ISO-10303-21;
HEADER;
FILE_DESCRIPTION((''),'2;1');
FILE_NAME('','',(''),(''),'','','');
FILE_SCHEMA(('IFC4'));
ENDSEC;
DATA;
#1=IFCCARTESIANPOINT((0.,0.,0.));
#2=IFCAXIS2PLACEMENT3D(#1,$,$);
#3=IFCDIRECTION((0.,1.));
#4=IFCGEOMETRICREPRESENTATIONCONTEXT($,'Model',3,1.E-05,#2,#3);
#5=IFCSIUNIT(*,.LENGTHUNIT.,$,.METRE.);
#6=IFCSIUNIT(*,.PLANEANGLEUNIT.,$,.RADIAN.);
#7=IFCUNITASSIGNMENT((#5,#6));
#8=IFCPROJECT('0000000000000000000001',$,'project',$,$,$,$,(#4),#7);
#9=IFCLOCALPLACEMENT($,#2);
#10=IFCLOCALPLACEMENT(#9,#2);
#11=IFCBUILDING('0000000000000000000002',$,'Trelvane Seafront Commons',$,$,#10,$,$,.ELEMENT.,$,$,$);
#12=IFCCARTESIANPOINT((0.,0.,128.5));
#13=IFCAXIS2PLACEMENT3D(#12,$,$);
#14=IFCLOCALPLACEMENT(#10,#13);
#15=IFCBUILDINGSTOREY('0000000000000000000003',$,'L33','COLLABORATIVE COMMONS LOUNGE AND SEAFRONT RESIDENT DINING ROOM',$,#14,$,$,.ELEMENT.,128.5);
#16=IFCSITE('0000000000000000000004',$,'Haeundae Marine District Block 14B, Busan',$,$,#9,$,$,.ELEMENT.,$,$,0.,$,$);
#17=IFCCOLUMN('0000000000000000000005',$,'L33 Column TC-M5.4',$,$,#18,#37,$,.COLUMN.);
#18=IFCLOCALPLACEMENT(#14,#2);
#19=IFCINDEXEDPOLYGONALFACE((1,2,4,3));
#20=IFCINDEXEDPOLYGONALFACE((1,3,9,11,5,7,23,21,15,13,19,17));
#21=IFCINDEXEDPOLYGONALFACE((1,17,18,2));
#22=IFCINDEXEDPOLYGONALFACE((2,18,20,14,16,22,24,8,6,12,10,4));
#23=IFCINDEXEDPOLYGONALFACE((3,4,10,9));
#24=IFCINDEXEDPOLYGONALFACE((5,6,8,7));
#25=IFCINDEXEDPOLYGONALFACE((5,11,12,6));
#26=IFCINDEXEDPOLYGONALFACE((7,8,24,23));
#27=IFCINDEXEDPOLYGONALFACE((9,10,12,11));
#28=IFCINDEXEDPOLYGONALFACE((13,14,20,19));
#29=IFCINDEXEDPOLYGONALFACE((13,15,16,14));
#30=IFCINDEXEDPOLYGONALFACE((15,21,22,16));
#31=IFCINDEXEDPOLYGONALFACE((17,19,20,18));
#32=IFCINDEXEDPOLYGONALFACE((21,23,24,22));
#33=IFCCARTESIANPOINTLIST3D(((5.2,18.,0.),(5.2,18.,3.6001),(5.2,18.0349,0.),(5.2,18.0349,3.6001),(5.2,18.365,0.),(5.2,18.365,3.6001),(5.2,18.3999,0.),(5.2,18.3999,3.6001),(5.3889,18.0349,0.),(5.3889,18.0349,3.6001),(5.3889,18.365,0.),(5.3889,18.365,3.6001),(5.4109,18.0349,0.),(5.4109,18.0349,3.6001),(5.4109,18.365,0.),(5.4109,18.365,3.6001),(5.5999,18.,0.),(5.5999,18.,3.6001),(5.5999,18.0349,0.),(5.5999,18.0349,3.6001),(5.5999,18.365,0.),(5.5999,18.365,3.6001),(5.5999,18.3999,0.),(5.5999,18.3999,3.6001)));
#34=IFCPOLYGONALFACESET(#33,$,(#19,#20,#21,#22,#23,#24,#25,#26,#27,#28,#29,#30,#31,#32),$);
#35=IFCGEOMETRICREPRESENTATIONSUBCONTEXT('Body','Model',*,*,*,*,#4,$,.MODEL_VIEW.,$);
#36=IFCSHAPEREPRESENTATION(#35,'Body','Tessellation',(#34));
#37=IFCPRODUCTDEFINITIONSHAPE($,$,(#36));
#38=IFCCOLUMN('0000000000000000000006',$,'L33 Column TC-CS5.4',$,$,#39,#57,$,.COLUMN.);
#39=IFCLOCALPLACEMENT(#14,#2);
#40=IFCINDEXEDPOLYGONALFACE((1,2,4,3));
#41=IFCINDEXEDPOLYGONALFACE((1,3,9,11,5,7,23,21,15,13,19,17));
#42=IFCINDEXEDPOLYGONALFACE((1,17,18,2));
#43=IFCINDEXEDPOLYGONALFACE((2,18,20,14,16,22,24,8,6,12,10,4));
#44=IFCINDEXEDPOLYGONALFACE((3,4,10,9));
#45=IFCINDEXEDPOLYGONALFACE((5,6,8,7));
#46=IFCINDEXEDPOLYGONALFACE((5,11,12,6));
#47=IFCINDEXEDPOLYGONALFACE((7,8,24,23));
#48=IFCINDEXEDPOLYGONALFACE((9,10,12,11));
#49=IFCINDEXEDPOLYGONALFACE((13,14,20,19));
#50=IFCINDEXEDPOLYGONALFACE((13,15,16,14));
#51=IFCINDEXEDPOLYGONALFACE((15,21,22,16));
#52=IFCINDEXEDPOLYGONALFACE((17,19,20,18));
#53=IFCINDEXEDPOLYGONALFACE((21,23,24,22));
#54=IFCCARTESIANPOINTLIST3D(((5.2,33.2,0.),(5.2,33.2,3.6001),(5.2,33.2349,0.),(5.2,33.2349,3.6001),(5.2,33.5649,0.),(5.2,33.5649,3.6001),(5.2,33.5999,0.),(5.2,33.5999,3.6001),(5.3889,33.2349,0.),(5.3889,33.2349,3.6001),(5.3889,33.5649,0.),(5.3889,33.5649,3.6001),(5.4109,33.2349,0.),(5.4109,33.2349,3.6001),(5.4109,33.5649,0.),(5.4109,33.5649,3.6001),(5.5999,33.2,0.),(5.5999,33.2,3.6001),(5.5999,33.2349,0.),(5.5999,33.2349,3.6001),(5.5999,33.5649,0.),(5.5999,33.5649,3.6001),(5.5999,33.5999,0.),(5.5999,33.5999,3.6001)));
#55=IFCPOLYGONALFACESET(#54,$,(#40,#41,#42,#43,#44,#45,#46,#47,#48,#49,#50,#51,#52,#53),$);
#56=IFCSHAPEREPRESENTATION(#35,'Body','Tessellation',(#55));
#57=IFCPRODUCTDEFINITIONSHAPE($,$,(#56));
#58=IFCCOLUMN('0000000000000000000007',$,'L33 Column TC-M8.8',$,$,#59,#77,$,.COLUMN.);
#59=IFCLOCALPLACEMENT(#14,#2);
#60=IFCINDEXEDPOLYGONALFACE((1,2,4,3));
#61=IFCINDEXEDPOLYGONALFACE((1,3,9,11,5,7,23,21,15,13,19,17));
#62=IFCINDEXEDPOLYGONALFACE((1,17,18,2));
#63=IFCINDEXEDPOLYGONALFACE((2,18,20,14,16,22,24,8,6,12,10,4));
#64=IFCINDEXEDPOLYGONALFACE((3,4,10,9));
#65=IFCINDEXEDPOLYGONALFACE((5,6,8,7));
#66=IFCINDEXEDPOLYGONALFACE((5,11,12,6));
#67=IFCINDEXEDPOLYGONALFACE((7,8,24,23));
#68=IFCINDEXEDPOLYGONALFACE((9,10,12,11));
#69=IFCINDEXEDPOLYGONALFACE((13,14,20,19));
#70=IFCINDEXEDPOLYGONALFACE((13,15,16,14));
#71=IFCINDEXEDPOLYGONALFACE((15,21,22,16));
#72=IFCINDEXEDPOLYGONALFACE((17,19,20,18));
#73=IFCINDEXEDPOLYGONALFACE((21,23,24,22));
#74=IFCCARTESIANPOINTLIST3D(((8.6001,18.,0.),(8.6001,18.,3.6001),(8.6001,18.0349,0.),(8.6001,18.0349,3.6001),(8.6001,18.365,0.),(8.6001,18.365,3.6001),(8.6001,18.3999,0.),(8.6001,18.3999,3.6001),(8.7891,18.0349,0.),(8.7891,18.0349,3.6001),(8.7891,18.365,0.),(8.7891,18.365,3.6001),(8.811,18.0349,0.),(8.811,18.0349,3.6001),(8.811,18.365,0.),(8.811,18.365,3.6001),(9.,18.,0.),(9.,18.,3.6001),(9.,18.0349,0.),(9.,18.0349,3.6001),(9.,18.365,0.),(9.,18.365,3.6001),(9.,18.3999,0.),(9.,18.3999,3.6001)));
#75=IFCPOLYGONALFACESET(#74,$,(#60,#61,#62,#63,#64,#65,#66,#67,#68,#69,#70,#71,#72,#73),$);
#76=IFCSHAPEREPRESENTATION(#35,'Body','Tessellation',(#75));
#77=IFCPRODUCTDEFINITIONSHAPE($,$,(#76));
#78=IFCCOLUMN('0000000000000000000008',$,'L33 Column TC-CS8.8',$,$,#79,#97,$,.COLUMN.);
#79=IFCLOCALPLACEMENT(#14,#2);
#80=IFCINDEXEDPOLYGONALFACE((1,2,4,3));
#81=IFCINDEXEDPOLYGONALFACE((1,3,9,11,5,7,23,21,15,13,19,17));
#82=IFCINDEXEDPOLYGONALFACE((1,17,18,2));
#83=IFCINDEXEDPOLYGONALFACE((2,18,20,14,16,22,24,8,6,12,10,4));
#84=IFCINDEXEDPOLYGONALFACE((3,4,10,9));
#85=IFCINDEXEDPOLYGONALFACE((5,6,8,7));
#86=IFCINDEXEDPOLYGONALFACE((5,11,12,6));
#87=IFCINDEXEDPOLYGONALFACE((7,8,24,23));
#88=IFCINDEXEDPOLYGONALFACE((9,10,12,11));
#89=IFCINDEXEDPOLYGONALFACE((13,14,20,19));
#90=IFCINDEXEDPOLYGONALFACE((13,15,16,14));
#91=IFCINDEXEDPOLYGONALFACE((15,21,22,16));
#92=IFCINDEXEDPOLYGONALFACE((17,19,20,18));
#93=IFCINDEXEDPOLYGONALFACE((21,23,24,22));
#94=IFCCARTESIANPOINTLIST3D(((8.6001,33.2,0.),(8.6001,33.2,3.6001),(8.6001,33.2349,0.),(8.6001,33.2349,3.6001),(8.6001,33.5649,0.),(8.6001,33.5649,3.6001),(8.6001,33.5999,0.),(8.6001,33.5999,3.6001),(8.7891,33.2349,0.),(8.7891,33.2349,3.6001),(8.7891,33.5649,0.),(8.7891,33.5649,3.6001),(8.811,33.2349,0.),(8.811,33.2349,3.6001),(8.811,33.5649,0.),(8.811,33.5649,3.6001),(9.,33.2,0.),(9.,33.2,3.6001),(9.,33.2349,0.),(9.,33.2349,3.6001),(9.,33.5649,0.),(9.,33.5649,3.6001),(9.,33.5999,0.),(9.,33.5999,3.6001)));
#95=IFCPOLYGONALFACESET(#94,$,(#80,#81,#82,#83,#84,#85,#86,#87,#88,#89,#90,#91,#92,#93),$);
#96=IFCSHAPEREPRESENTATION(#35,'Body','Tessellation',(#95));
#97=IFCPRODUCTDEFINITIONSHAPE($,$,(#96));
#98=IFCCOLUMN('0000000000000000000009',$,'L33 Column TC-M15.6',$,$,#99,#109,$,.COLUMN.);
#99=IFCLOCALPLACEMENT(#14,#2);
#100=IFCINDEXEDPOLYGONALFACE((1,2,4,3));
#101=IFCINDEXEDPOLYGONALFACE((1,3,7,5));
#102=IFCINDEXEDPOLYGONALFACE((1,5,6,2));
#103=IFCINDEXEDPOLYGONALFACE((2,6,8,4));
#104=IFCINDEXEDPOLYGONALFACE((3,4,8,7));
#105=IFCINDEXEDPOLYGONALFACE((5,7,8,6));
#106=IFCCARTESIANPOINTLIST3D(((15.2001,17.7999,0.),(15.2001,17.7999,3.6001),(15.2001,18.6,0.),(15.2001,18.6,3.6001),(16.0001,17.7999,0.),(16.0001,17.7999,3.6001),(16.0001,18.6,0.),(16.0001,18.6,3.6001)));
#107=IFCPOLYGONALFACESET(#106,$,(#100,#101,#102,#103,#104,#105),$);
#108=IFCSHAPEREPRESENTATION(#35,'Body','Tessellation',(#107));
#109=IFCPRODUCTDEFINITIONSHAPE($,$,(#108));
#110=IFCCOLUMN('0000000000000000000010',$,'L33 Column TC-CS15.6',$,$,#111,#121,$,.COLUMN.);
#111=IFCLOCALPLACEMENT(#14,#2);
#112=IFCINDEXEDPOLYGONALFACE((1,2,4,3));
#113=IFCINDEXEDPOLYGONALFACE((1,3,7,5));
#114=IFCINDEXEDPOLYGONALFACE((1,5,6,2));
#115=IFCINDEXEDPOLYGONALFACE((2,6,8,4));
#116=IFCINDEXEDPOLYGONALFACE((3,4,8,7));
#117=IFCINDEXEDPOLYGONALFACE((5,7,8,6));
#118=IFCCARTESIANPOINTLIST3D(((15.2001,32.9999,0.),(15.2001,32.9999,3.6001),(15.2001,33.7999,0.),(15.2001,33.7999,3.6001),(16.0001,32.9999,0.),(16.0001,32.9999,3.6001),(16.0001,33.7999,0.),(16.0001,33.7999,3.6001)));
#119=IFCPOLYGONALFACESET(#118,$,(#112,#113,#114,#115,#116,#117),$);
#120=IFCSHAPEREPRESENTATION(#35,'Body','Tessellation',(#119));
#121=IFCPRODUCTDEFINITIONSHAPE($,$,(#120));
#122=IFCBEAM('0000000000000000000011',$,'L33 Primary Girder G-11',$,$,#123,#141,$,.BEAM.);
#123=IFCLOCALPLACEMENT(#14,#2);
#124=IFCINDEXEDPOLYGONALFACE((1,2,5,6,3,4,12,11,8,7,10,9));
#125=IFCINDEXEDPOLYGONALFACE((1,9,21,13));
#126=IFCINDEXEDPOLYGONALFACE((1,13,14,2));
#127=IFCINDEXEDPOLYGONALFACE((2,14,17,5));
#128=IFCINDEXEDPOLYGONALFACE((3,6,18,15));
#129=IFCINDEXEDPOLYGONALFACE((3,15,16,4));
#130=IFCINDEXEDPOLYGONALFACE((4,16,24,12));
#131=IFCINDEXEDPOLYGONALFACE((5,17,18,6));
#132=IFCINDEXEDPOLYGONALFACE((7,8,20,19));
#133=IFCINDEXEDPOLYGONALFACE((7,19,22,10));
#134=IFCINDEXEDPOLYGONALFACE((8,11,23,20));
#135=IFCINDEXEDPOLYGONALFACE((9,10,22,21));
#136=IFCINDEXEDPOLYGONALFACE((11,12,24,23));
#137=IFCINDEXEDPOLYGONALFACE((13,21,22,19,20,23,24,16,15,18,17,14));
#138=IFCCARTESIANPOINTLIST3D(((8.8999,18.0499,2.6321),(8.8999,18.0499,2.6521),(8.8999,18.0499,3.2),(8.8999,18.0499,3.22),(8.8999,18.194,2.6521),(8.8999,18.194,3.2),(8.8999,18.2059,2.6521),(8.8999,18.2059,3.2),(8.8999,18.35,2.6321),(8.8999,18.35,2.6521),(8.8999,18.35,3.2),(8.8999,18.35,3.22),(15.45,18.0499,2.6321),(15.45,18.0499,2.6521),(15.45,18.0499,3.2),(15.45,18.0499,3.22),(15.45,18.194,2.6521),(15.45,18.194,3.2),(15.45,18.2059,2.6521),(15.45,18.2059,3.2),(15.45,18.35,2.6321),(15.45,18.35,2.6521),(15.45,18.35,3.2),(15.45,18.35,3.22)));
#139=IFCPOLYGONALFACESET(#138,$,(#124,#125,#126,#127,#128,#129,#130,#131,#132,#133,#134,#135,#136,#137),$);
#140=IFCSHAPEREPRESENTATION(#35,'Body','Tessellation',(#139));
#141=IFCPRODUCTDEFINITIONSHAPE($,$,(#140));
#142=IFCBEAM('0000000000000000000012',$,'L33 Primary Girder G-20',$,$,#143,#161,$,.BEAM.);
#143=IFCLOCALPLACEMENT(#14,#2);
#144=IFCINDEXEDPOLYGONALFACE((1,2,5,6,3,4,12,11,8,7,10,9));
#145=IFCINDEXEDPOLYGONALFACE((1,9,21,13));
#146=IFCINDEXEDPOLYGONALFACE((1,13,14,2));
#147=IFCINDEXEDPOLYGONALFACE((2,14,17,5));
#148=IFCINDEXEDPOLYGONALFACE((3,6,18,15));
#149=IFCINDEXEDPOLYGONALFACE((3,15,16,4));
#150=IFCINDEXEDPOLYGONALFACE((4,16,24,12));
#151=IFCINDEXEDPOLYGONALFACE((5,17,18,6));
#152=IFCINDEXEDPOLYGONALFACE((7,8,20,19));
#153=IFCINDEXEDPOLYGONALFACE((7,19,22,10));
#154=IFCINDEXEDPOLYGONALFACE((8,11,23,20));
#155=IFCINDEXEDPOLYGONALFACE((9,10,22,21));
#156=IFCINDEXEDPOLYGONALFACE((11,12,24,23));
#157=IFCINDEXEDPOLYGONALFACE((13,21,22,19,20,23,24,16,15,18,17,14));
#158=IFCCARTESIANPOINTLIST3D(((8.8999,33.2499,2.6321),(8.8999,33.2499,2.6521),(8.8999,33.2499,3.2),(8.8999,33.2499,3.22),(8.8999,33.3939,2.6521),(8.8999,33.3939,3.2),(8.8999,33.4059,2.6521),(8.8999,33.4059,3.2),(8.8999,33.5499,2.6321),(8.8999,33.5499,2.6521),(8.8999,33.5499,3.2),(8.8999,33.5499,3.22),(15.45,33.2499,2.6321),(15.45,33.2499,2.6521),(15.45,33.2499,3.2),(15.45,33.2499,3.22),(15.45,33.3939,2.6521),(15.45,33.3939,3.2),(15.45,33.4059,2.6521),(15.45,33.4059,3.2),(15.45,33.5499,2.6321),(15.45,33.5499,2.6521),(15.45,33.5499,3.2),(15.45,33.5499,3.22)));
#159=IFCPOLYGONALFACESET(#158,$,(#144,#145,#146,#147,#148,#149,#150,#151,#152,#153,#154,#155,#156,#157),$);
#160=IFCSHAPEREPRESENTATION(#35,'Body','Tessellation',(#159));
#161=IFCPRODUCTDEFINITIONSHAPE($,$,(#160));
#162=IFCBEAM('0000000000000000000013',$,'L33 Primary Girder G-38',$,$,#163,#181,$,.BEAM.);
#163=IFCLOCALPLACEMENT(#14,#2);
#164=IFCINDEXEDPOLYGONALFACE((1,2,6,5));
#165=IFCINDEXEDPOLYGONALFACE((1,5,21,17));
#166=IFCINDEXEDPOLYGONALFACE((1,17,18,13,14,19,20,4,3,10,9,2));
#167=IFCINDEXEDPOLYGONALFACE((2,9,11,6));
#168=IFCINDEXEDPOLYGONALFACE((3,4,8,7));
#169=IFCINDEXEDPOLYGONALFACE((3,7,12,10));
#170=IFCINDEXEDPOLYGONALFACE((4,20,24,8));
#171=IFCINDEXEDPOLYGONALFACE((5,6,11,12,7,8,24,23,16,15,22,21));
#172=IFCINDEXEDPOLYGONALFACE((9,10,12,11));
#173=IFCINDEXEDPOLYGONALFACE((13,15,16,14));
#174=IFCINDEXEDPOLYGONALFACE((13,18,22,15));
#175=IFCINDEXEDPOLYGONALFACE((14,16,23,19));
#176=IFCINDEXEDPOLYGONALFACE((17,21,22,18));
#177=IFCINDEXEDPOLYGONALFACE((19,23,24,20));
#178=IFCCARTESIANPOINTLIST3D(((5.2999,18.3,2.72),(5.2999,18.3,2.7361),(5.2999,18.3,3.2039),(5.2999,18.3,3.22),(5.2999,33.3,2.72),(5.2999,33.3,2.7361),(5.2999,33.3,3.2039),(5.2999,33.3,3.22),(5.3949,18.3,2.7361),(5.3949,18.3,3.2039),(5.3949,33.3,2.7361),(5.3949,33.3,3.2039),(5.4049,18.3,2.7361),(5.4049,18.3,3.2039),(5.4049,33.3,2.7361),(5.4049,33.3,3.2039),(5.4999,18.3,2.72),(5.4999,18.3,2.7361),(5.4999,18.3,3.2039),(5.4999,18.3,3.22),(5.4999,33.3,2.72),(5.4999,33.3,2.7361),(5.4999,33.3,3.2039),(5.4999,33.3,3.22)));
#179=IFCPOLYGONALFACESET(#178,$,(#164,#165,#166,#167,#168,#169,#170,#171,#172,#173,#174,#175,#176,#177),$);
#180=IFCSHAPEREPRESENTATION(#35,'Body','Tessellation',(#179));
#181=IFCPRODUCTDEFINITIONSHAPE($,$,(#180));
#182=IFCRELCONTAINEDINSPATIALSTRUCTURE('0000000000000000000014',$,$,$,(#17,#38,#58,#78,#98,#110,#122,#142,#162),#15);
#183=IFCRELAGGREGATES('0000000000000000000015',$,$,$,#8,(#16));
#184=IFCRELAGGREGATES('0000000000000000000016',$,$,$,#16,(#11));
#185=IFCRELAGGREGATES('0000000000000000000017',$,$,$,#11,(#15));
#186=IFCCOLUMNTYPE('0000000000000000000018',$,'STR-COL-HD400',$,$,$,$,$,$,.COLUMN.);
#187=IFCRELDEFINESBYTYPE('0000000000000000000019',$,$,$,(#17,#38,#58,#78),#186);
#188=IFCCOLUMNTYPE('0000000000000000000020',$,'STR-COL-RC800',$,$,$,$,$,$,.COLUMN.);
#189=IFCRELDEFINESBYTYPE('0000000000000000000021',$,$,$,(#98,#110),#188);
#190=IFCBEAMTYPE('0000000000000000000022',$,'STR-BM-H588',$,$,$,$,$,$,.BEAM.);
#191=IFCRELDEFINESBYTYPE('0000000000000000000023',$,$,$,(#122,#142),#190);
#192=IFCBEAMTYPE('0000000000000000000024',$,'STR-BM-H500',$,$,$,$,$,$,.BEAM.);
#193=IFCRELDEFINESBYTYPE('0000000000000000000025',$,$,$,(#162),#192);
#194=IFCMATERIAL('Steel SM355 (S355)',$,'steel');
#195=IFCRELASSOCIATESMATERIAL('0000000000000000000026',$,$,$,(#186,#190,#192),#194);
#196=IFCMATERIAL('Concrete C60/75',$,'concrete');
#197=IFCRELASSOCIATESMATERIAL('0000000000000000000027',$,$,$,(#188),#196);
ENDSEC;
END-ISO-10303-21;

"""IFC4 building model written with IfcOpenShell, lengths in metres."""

from ifc_helpers import new_model, si_unit, direction, frame, origin, origin_2d, place, context, subcontext, project, spatial, rectangle, i_section, extrude, source, transform, mapped, material, material_profile, profile_set, type_object, element, save


model = new_model("IFC4")

# Units and contexts
model_context = context("Model", 3, precision=1e-05, world=origin(), true_north=direction((0.0, 1.0)))
body_context = subcontext(model_context, "Body", "Model", "MODEL_VIEW")
ifc_project = project(units=[si_unit("LENGTHUNIT", "METRE"), si_unit("PLANEANGLEUNIT", "RADIAN")], contexts=[model_context])

# Site, building, storey
site_placement = place(None, origin())
site = spatial("IfcSite", under=ifc_project, at=site_placement, Name="Haeundae Marine District Block 14B, Busan", CompositionType="ELEMENT", RefElevation=0.0)
building_placement = place(site_placement, origin())
building = spatial("IfcBuilding", under=site, at=building_placement, Name="Trelvane Seafront Commons", CompositionType="ELEMENT")
storey_placement = place(building_placement, frame((0.0, 0.0, 128.5)))
storey = spatial("IfcBuildingStorey", under=building, at=storey_placement, Name="L33", Description="COLLABORATIVE COMMONS LOUNGE AND SEAFRONT RESIDENT DINING ROOM", CompositionType="ELEMENT", Elevation=128.5)

# Columns
ifc_material_1 = material(Name="Steel SM355 (S355)", Category="steel")
ifc_material_profile_1 = material_profile(ifc_material_1, i_section(OverallWidth=0.3999, OverallDepth=0.3999, WebThickness=0.022, FlangeThickness=0.0349, at=origin_2d()), Name="HD-400x400x22x35")
ifc_profile_set_1 = profile_set([ifc_material_profile_1], Name="Steel SM355 (S355)")
column_type_1 = type_object("IfcColumnType", Name="STR-COL-HD400", PredefinedType="COLUMN", material=ifc_profile_set_1)
shared_shape_1 = source(origin(), body_context, "Body", "SweptSolid", [
    extrude(i_section(OverallWidth=0.3999, OverallDepth=0.3999, WebThickness=0.022, FlangeThickness=0.0349, at=origin_2d()), origin(), (0.0, 0.0, 1.0), 3.6001),
])
for number, where, z_axis, x_axis, name in (
    (1, (5.3999, 18.2, 0.0), (0.0, 0.0, 1.0), (1.0, 0.0, 0.0), "L33 Column TC-M5.4"),
    (2, (5.3999, 33.3999, 0.0), (0.0, 0.0, 1.0), (1.0, 0.0, 0.0), "L33 Column TC-CS5.4"),
    (3, (8.8, 18.2, 0.0), (0.0, 0.0, 1.0), (1.0, 0.0, 0.0), "L33 Column TC-M8.8"),
    (4, (8.8, 33.3999, 0.0), (0.0, 0.0, 1.0), (1.0, 0.0, 0.0), "L33 Column TC-CS8.8"),
):
    element("IfcColumn", number, at=place(storey_placement, frame(where, z_axis=z_axis, x_axis=x_axis)), inside=storey, type_object=column_type_1, Name=name, PredefinedType="COLUMN", context=body_context, shape_type="MappedRepresentation", body=[
        mapped(shared_shape_1, transform((0.0, 0.0, 0.0), x_axis=(1.0, 0.0, 0.0), y_axis=(0.0, 1.0, 0.0), z_axis=(0.0, 0.0, 1.0), scale=1.0)),
    ])
ifc_material_2 = material(Name="Concrete C60/75", Category="concrete")
ifc_material_profile_2 = material_profile(ifc_material_2, rectangle(XDim=0.8, YDim=0.8, at=origin_2d()), Name="RC-800x800")
ifc_profile_set_2 = profile_set([ifc_material_profile_2], Name="Concrete C60/75")
column_type_2 = type_object("IfcColumnType", Name="STR-COL-RC800", PredefinedType="COLUMN", material=ifc_profile_set_2)
shared_shape_2 = source(origin(), body_context, "Body", "SweptSolid", [
    extrude(rectangle(XDim=0.8, YDim=0.8, at=origin_2d()), origin(), (0.0, 0.0, 1.0), 3.6001),
])
for number, where, z_axis, x_axis, name in (
    (5, (15.6001, 18.2, 0.0), (0.0, 0.0, 1.0), (1.0, 0.0, 0.0), "L33 Column TC-M15.6"),
    (6, (15.6001, 33.3999, 0.0), (0.0, 0.0, 1.0), (1.0, 0.0, 0.0), "L33 Column TC-CS15.6"),
):
    element("IfcColumn", number, at=place(storey_placement, frame(where, z_axis=z_axis, x_axis=x_axis)), inside=storey, type_object=column_type_2, Name=name, PredefinedType="COLUMN", context=body_context, shape_type="MappedRepresentation", body=[
        mapped(shared_shape_2, transform((0.0, 0.0, 0.0), x_axis=(1.0, 0.0, 0.0), y_axis=(0.0, 1.0, 0.0), z_axis=(0.0, 0.0, 1.0), scale=1.0)),
    ])

# Beams
ifc_material_profile_3 = material_profile(ifc_material_1, i_section(OverallWidth=0.3, OverallDepth=0.5879, WebThickness=0.012, FlangeThickness=0.02, at=origin_2d()), Name="H-588x300x12x20")
ifc_profile_set_3 = profile_set([ifc_material_profile_3], Name="Steel SM355 (S355)")
beam_type_1 = type_object("IfcBeamType", Name="STR-BM-H588", PredefinedType="BEAM", material=ifc_profile_set_3)
shared_shape_3 = source(origin(), body_context, "Body", "SweptSolid", [
    extrude(i_section(OverallWidth=0.3, OverallDepth=0.5879, WebThickness=0.012, FlangeThickness=0.02, at=origin_2d()), origin(), (0.0, 0.0, 1.0), 6.55),
])
for number, where, z_axis, x_axis, name in (
    (7, (8.8999, 18.2, 2.926), (1.0, 0.0, 0.0), (0.0, 1.0, 0.0), "L33 Primary Girder G-11"),
    (8, (8.8999, 33.3999, 2.926), (1.0, 0.0, 0.0), (0.0, 1.0, 0.0), "L33 Primary Girder G-20"),
):
    element("IfcBeam", number, at=place(storey_placement, frame(where, z_axis=z_axis, x_axis=x_axis)), inside=storey, type_object=beam_type_1, Name=name, PredefinedType="BEAM", context=body_context, shape_type="MappedRepresentation", body=[
        mapped(shared_shape_3, transform((0.0, 0.0, 0.0), x_axis=(1.0, 0.0, 0.0), y_axis=(0.0, 1.0, 0.0), z_axis=(0.0, 0.0, 1.0), scale=1.0)),
    ])
ifc_material_profile_4 = material_profile(ifc_material_1, i_section(OverallWidth=0.2, OverallDepth=0.5, WebThickness=0.01, FlangeThickness=0.0161, at=origin_2d()), Name="H-500x200x10x16")
ifc_profile_set_4 = profile_set([ifc_material_profile_4], Name="Steel SM355 (S355)")
beam_type_2 = type_object("IfcBeamType", Name="STR-BM-H500", PredefinedType="BEAM", material=ifc_profile_set_4)
shared_shape_4 = source(origin(), body_context, "Body", "SweptSolid", [
    extrude(i_section(OverallWidth=0.2, OverallDepth=0.5, WebThickness=0.01, FlangeThickness=0.0161, at=origin_2d()), origin(), (0.0, 0.0, 1.0), 15.0),
])
for number, where, z_axis, x_axis, name in (
    (9, (5.3999, 18.3, 2.97), (0.0, 1.0, 0.0), (-1.0, 0.0, 0.0), "L33 Primary Girder G-38"),
):
    element("IfcBeam", number, at=place(storey_placement, frame(where, z_axis=z_axis, x_axis=x_axis)), inside=storey, type_object=beam_type_2, Name=name, PredefinedType="BEAM", context=body_context, shape_type="MappedRepresentation", body=[
        mapped(shared_shape_4, transform((0.0, 0.0, 0.0), x_axis=(1.0, 0.0, 0.0), y_axis=(0.0, 1.0, 0.0), z_axis=(0.0, 0.0, 1.0), scale=1.0)),
    ])

save(model, "model.ifc")
